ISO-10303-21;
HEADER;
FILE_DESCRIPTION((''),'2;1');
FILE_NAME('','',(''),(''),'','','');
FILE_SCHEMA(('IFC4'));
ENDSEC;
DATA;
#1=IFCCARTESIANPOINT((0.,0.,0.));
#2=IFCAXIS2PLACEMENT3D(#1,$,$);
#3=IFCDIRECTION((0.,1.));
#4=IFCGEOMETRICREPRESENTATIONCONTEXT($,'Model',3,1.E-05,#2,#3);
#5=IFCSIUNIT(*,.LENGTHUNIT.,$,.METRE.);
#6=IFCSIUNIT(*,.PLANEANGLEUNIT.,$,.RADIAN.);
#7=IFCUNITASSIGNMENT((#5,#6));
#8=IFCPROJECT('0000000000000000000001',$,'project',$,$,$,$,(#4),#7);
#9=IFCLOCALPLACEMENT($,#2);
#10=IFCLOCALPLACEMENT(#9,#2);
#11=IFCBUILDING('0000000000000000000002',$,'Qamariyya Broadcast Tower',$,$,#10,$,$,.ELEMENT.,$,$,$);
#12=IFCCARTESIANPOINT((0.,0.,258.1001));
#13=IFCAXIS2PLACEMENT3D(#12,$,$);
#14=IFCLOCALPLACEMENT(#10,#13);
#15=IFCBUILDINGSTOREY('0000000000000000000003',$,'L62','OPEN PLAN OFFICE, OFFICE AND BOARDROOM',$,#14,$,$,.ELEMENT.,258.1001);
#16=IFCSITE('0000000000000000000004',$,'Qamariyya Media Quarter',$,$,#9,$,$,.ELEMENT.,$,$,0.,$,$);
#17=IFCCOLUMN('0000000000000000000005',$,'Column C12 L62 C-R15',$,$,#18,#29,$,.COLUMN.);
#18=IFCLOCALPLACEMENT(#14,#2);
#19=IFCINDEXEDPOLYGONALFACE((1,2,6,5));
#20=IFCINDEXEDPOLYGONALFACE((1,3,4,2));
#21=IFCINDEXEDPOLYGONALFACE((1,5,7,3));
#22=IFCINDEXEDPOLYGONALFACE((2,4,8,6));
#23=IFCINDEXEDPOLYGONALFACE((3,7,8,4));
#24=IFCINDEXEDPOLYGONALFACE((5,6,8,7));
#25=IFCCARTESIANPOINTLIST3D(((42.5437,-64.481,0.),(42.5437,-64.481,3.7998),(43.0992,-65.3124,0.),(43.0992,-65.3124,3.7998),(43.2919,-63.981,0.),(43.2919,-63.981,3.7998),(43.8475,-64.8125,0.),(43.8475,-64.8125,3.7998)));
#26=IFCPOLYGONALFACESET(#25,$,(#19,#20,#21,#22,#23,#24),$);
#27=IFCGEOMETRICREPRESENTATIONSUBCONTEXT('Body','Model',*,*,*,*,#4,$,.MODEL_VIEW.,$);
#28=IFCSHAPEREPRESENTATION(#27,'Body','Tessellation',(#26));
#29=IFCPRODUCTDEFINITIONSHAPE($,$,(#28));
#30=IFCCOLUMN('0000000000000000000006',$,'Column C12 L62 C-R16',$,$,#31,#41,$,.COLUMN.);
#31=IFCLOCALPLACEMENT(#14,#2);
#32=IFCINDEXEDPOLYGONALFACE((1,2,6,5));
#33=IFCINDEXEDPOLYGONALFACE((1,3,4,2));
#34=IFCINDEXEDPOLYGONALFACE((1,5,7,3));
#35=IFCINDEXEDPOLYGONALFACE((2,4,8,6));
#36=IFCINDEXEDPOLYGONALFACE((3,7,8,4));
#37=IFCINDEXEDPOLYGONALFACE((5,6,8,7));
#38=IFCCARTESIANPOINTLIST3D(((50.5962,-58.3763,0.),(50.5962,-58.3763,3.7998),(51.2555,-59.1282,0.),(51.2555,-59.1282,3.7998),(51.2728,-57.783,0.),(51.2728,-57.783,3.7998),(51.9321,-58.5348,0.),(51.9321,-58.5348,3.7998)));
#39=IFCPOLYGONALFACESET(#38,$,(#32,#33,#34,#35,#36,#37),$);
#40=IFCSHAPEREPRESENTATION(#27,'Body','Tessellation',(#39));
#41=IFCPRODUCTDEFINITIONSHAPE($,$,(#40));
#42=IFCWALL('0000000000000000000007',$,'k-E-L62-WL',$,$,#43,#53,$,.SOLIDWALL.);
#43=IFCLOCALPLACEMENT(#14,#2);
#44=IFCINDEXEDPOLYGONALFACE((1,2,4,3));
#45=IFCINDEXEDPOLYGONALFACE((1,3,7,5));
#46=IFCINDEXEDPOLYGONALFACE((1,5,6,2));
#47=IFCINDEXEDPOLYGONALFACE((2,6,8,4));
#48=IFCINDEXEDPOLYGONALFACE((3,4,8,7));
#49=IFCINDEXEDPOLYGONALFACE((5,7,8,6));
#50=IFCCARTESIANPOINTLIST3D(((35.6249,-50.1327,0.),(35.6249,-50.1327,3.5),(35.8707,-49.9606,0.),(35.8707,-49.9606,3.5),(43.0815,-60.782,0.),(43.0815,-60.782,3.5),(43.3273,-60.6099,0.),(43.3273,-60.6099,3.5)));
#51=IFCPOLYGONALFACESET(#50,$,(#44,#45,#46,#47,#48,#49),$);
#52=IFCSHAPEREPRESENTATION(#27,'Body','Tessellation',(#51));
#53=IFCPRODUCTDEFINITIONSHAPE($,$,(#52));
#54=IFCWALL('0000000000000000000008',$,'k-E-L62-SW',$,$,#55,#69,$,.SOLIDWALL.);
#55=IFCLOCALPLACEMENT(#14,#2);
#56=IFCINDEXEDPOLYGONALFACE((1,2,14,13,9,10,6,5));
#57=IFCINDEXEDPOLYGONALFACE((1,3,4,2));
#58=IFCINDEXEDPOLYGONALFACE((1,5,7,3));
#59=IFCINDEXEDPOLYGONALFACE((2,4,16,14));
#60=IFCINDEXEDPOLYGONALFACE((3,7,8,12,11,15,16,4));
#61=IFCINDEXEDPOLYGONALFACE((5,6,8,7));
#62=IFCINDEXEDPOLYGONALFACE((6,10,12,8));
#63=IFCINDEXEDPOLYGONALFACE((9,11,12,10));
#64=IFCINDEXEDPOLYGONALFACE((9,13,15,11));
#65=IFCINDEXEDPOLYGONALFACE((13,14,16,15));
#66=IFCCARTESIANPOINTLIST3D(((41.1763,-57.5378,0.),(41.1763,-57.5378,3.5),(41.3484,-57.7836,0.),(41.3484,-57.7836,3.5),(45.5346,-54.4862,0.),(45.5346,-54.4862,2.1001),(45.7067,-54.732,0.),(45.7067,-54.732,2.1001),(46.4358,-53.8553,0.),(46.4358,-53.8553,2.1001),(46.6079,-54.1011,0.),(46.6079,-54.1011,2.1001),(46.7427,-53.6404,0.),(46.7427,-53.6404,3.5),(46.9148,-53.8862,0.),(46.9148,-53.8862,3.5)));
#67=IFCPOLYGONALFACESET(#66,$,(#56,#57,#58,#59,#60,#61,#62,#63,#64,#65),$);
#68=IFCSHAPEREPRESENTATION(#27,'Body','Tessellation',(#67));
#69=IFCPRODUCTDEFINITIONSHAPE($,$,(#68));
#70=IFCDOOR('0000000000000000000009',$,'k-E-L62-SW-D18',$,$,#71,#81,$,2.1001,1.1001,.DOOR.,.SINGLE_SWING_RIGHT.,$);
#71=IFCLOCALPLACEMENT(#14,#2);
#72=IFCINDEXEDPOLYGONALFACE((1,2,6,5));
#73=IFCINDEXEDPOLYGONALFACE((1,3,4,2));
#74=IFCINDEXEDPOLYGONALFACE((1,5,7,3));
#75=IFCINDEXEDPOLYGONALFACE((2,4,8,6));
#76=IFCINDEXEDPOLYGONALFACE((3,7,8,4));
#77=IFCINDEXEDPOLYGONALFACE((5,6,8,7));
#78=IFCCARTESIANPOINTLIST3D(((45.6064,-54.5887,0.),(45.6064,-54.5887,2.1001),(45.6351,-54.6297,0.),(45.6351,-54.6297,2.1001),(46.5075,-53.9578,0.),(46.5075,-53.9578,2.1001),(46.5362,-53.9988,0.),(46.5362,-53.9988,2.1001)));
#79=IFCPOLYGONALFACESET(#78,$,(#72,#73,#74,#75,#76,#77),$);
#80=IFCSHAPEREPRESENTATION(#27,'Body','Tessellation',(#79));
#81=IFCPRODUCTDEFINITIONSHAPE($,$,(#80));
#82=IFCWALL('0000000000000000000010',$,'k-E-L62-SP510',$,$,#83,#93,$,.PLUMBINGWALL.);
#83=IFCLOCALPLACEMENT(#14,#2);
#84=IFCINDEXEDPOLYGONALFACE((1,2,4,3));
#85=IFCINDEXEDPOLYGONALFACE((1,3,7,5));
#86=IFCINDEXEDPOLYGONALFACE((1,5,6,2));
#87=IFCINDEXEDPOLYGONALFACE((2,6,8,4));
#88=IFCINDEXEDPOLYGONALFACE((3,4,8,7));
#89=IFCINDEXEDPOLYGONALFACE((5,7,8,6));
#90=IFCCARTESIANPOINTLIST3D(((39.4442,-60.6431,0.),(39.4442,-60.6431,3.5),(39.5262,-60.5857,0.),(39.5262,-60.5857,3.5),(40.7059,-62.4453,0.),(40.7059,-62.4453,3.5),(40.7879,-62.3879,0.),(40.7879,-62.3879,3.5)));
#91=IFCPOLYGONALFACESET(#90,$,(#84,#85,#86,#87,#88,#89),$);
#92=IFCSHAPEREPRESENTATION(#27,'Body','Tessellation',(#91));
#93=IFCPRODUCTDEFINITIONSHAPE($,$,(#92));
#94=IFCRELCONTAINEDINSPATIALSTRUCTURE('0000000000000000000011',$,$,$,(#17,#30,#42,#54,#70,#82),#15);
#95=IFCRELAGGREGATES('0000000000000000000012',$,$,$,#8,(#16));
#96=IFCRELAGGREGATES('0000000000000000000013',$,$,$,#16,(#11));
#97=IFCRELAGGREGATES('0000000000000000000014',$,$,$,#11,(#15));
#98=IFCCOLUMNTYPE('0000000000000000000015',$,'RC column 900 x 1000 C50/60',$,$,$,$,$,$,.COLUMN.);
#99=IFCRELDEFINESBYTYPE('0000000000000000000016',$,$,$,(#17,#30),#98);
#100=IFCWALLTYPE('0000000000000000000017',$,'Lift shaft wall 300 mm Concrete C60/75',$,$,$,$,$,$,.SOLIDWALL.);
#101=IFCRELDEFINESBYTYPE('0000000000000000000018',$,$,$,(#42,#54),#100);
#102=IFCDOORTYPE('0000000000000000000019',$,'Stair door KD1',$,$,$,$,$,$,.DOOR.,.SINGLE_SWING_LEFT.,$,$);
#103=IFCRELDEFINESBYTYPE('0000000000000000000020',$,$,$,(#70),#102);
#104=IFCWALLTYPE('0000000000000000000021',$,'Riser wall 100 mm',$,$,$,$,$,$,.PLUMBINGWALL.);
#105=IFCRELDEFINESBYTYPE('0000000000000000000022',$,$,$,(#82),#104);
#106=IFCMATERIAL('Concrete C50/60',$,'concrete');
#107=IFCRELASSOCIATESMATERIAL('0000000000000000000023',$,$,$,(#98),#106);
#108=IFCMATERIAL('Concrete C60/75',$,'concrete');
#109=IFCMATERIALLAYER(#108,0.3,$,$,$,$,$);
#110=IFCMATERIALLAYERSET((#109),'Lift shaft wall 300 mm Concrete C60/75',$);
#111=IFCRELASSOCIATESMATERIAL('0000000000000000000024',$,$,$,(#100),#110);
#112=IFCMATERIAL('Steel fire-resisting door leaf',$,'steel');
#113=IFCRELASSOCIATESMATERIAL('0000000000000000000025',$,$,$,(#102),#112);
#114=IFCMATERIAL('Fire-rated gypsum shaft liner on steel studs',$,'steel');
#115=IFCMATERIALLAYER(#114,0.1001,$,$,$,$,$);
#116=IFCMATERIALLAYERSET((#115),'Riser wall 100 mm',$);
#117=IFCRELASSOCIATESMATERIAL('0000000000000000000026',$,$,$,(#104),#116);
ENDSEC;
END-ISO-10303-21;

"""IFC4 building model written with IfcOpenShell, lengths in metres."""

from ifc_helpers import new_model, si_unit, direction, frame, frame_2d, origin, origin_2d, place, context, subcontext, project, spatial, rectangle, extrude, material, layer, layer_set, material_profile, profile_set, type_object, element, fill, save


model = new_model("IFC4")

# Units and contexts
model_context = context("Model", 3, precision=1e-05, world=origin(), true_north=direction((0.0, 1.0)))
body_context = subcontext(model_context, "Body", "Model", "MODEL_VIEW")
ifc_project = project(units=[si_unit("LENGTHUNIT", "METRE"), si_unit("PLANEANGLEUNIT", "RADIAN")], contexts=[model_context])

# Site, building, storey
site_placement = place(None, origin())
site = spatial("IfcSite", under=ifc_project, at=site_placement, Name="Qamariyya Media Quarter", CompositionType="ELEMENT", RefElevation=0.0)
building_placement = place(site_placement, origin())
building = spatial("IfcBuilding", under=site, at=building_placement, Name="Qamariyya Broadcast Tower", CompositionType="ELEMENT")
storey_placement = place(building_placement, frame((0.0, 0.0, 258.1001)))
storey = spatial("IfcBuildingStorey", under=building, at=storey_placement, Name="L62", Description="OPEN PLAN OFFICE, OFFICE AND BOARDROOM", CompositionType="ELEMENT", Elevation=258.1001)

# Columns
ifc_material_1 = material(Name="Concrete C50/60", Category="concrete")
ifc_material_profile_1 = material_profile(ifc_material_1, rectangle(XDim=0.8999, YDim=1.0, at=origin_2d()))
ifc_profile_set_1 = profile_set([ifc_material_profile_1], Name="Concrete C50/60")
column_type = type_object("IfcColumnType", Name="RC column 900 x 1000 C50/60", PredefinedType="COLUMN", material=ifc_profile_set_1)
for number, where, z_axis, x_axis, name in (
    (1, (43.1956, -64.6467, 0.0), (0.0, 0.0, 1.0), (0.83147, 0.55557, 0.0), "Column C12 L62 C-R15"),
    (2, (51.2642, -58.4556, 0.0), (0.0, 0.0, 1.0), (0.75184, 0.659346, 0.0), "Column C12 L62 C-R16"),
):
    element("IfcColumn", number, at=place(storey_placement, frame(where, z_axis=z_axis, x_axis=x_axis)), inside=storey, type_object=column_type, Name=name, PredefinedType="COLUMN", context=body_context, shape_type="SweptSolid", body=[
        extrude(rectangle(XDim=0.8999, YDim=1.0, at=origin_2d()), origin(), (0.0, 0.0, 1.0), 3.7998),
    ])

# Wall
ifc_material_2 = material(Name="Concrete C60/75", Category="concrete")
ifc_layer_1 = layer(ifc_material_2, 0.3)
ifc_layer_set_1 = layer_set([ifc_layer_1], Name="Lift shaft wall 300 mm Concrete C60/75")
wall_type_1 = type_object("IfcWallType", Name="Lift shaft wall 300 mm Concrete C60/75", PredefinedType="SOLIDWALL", material=ifc_layer_set_1)
wall_1_placement = place(storey_placement, frame((43.2043, -60.6958, 0.0), z_axis=(0.0, 0.0, 1.0), x_axis=(-0.573572, 0.819155, 0.0)))
element("IfcWall", 3, at=wall_1_placement, inside=storey, type_object=wall_type_1, Name="k-E-L62-WL", PredefinedType="SOLIDWALL", context=body_context, shape_type="SweptSolid", body=[
    extrude(rectangle(XDim=13.0002, YDim=0.3, at=frame_2d((6.5, 0.0))), origin(), (0.0, 0.0, 1.0), 3.5),
])

# Wall, opening, door
wall_2_placement = place(storey_placement, frame((41.2625, -57.6606, 0.0), z_axis=(0.0, 0.0, 1.0), x_axis=(0.819164, 0.573559, 0.0)))
wall_2 = element("IfcWall", 4, at=wall_2_placement, inside=storey, type_object=wall_type_1, Name="k-E-L62-SW", PredefinedType="SOLIDWALL", context=body_context, shape_type="SweptSolid", body=[
    extrude(rectangle(XDim=6.7952, YDim=0.3, at=frame_2d((3.3975, 0.0))), origin(), (0.0, 0.0, 1.0), 3.5),
])
opening_placement = place(wall_2_placement, frame((5.3203, 0.0, 0.0)))
opening = element("IfcOpeningElement", 5, at=opening_placement, cuts=wall_2, PredefinedType="OPENING", context=body_context, shape_type="SweptSolid", body=[
    extrude(rectangle(XDim=1.1001, YDim=2.1001, at=frame_2d((0.55, 1.05))), frame((0.0, 0.1599, 0.0), z_axis=(0.0, -1.0, 0.0), x_axis=(1.0, 0.0, 0.0)), (0.0, 0.0, 1.0), 0.3201),
])
ifc_material_3 = material(Name="Steel fire-resisting door leaf", Category="steel")
door_type = type_object("IfcDoorType", Name="Stair door KD1", OperationType="SINGLE_SWING_LEFT", PredefinedType="DOOR", material=ifc_material_3)
door_placement = place(opening_placement, origin())
door = element("IfcDoor", 6, at=door_placement, inside=storey, type_object=door_type, Name="k-E-L62-SW-D18", OperationType="SINGLE_SWING_RIGHT", OverallHeight=2.1001, OverallWidth=1.1001, PredefinedType="DOOR", context=body_context, shape_type="SweptSolid", body=[
    extrude(rectangle(XDim=1.1001, YDim=2.1001, at=frame_2d((0.55, 1.05))), frame((0.0, 0.0249, 0.0), z_axis=(0.0, -1.0, 0.0), x_axis=(1.0, 0.0, 0.0)), (0.0, 0.0, 1.0), 0.05),
])
fill(opening, door)

# Wall
ifc_material_4 = material(Name="Fire-rated gypsum shaft liner on steel studs", Category="steel")
ifc_layer_2 = layer(ifc_material_4, 0.1001)
ifc_layer_set_2 = layer_set([ifc_layer_2], Name="Riser wall 100 mm")
wall_type_2 = type_object("IfcWallType", Name="Riser wall 100 mm", PredefinedType="PLUMBINGWALL", material=ifc_layer_set_2)
wall_3_placement = place(storey_placement, frame((39.4851, -60.6143, 0.0), z_axis=(0.0, 0.0, 1.0), x_axis=(0.573507, -0.819201, 0.0)))
element("IfcWall", 7, at=wall_3_placement, inside=storey, type_object=wall_type_2, Name="k-E-L62-SP510", PredefinedType="PLUMBINGWALL", context=body_context, shape_type="SweptSolid", body=[
    extrude(rectangle(XDim=2.2, YDim=0.1001, at=frame_2d((1.1001, 0.0))), origin(), (0.0, 0.0, 1.0), 3.5),
])

save(model, "model.ifc")
